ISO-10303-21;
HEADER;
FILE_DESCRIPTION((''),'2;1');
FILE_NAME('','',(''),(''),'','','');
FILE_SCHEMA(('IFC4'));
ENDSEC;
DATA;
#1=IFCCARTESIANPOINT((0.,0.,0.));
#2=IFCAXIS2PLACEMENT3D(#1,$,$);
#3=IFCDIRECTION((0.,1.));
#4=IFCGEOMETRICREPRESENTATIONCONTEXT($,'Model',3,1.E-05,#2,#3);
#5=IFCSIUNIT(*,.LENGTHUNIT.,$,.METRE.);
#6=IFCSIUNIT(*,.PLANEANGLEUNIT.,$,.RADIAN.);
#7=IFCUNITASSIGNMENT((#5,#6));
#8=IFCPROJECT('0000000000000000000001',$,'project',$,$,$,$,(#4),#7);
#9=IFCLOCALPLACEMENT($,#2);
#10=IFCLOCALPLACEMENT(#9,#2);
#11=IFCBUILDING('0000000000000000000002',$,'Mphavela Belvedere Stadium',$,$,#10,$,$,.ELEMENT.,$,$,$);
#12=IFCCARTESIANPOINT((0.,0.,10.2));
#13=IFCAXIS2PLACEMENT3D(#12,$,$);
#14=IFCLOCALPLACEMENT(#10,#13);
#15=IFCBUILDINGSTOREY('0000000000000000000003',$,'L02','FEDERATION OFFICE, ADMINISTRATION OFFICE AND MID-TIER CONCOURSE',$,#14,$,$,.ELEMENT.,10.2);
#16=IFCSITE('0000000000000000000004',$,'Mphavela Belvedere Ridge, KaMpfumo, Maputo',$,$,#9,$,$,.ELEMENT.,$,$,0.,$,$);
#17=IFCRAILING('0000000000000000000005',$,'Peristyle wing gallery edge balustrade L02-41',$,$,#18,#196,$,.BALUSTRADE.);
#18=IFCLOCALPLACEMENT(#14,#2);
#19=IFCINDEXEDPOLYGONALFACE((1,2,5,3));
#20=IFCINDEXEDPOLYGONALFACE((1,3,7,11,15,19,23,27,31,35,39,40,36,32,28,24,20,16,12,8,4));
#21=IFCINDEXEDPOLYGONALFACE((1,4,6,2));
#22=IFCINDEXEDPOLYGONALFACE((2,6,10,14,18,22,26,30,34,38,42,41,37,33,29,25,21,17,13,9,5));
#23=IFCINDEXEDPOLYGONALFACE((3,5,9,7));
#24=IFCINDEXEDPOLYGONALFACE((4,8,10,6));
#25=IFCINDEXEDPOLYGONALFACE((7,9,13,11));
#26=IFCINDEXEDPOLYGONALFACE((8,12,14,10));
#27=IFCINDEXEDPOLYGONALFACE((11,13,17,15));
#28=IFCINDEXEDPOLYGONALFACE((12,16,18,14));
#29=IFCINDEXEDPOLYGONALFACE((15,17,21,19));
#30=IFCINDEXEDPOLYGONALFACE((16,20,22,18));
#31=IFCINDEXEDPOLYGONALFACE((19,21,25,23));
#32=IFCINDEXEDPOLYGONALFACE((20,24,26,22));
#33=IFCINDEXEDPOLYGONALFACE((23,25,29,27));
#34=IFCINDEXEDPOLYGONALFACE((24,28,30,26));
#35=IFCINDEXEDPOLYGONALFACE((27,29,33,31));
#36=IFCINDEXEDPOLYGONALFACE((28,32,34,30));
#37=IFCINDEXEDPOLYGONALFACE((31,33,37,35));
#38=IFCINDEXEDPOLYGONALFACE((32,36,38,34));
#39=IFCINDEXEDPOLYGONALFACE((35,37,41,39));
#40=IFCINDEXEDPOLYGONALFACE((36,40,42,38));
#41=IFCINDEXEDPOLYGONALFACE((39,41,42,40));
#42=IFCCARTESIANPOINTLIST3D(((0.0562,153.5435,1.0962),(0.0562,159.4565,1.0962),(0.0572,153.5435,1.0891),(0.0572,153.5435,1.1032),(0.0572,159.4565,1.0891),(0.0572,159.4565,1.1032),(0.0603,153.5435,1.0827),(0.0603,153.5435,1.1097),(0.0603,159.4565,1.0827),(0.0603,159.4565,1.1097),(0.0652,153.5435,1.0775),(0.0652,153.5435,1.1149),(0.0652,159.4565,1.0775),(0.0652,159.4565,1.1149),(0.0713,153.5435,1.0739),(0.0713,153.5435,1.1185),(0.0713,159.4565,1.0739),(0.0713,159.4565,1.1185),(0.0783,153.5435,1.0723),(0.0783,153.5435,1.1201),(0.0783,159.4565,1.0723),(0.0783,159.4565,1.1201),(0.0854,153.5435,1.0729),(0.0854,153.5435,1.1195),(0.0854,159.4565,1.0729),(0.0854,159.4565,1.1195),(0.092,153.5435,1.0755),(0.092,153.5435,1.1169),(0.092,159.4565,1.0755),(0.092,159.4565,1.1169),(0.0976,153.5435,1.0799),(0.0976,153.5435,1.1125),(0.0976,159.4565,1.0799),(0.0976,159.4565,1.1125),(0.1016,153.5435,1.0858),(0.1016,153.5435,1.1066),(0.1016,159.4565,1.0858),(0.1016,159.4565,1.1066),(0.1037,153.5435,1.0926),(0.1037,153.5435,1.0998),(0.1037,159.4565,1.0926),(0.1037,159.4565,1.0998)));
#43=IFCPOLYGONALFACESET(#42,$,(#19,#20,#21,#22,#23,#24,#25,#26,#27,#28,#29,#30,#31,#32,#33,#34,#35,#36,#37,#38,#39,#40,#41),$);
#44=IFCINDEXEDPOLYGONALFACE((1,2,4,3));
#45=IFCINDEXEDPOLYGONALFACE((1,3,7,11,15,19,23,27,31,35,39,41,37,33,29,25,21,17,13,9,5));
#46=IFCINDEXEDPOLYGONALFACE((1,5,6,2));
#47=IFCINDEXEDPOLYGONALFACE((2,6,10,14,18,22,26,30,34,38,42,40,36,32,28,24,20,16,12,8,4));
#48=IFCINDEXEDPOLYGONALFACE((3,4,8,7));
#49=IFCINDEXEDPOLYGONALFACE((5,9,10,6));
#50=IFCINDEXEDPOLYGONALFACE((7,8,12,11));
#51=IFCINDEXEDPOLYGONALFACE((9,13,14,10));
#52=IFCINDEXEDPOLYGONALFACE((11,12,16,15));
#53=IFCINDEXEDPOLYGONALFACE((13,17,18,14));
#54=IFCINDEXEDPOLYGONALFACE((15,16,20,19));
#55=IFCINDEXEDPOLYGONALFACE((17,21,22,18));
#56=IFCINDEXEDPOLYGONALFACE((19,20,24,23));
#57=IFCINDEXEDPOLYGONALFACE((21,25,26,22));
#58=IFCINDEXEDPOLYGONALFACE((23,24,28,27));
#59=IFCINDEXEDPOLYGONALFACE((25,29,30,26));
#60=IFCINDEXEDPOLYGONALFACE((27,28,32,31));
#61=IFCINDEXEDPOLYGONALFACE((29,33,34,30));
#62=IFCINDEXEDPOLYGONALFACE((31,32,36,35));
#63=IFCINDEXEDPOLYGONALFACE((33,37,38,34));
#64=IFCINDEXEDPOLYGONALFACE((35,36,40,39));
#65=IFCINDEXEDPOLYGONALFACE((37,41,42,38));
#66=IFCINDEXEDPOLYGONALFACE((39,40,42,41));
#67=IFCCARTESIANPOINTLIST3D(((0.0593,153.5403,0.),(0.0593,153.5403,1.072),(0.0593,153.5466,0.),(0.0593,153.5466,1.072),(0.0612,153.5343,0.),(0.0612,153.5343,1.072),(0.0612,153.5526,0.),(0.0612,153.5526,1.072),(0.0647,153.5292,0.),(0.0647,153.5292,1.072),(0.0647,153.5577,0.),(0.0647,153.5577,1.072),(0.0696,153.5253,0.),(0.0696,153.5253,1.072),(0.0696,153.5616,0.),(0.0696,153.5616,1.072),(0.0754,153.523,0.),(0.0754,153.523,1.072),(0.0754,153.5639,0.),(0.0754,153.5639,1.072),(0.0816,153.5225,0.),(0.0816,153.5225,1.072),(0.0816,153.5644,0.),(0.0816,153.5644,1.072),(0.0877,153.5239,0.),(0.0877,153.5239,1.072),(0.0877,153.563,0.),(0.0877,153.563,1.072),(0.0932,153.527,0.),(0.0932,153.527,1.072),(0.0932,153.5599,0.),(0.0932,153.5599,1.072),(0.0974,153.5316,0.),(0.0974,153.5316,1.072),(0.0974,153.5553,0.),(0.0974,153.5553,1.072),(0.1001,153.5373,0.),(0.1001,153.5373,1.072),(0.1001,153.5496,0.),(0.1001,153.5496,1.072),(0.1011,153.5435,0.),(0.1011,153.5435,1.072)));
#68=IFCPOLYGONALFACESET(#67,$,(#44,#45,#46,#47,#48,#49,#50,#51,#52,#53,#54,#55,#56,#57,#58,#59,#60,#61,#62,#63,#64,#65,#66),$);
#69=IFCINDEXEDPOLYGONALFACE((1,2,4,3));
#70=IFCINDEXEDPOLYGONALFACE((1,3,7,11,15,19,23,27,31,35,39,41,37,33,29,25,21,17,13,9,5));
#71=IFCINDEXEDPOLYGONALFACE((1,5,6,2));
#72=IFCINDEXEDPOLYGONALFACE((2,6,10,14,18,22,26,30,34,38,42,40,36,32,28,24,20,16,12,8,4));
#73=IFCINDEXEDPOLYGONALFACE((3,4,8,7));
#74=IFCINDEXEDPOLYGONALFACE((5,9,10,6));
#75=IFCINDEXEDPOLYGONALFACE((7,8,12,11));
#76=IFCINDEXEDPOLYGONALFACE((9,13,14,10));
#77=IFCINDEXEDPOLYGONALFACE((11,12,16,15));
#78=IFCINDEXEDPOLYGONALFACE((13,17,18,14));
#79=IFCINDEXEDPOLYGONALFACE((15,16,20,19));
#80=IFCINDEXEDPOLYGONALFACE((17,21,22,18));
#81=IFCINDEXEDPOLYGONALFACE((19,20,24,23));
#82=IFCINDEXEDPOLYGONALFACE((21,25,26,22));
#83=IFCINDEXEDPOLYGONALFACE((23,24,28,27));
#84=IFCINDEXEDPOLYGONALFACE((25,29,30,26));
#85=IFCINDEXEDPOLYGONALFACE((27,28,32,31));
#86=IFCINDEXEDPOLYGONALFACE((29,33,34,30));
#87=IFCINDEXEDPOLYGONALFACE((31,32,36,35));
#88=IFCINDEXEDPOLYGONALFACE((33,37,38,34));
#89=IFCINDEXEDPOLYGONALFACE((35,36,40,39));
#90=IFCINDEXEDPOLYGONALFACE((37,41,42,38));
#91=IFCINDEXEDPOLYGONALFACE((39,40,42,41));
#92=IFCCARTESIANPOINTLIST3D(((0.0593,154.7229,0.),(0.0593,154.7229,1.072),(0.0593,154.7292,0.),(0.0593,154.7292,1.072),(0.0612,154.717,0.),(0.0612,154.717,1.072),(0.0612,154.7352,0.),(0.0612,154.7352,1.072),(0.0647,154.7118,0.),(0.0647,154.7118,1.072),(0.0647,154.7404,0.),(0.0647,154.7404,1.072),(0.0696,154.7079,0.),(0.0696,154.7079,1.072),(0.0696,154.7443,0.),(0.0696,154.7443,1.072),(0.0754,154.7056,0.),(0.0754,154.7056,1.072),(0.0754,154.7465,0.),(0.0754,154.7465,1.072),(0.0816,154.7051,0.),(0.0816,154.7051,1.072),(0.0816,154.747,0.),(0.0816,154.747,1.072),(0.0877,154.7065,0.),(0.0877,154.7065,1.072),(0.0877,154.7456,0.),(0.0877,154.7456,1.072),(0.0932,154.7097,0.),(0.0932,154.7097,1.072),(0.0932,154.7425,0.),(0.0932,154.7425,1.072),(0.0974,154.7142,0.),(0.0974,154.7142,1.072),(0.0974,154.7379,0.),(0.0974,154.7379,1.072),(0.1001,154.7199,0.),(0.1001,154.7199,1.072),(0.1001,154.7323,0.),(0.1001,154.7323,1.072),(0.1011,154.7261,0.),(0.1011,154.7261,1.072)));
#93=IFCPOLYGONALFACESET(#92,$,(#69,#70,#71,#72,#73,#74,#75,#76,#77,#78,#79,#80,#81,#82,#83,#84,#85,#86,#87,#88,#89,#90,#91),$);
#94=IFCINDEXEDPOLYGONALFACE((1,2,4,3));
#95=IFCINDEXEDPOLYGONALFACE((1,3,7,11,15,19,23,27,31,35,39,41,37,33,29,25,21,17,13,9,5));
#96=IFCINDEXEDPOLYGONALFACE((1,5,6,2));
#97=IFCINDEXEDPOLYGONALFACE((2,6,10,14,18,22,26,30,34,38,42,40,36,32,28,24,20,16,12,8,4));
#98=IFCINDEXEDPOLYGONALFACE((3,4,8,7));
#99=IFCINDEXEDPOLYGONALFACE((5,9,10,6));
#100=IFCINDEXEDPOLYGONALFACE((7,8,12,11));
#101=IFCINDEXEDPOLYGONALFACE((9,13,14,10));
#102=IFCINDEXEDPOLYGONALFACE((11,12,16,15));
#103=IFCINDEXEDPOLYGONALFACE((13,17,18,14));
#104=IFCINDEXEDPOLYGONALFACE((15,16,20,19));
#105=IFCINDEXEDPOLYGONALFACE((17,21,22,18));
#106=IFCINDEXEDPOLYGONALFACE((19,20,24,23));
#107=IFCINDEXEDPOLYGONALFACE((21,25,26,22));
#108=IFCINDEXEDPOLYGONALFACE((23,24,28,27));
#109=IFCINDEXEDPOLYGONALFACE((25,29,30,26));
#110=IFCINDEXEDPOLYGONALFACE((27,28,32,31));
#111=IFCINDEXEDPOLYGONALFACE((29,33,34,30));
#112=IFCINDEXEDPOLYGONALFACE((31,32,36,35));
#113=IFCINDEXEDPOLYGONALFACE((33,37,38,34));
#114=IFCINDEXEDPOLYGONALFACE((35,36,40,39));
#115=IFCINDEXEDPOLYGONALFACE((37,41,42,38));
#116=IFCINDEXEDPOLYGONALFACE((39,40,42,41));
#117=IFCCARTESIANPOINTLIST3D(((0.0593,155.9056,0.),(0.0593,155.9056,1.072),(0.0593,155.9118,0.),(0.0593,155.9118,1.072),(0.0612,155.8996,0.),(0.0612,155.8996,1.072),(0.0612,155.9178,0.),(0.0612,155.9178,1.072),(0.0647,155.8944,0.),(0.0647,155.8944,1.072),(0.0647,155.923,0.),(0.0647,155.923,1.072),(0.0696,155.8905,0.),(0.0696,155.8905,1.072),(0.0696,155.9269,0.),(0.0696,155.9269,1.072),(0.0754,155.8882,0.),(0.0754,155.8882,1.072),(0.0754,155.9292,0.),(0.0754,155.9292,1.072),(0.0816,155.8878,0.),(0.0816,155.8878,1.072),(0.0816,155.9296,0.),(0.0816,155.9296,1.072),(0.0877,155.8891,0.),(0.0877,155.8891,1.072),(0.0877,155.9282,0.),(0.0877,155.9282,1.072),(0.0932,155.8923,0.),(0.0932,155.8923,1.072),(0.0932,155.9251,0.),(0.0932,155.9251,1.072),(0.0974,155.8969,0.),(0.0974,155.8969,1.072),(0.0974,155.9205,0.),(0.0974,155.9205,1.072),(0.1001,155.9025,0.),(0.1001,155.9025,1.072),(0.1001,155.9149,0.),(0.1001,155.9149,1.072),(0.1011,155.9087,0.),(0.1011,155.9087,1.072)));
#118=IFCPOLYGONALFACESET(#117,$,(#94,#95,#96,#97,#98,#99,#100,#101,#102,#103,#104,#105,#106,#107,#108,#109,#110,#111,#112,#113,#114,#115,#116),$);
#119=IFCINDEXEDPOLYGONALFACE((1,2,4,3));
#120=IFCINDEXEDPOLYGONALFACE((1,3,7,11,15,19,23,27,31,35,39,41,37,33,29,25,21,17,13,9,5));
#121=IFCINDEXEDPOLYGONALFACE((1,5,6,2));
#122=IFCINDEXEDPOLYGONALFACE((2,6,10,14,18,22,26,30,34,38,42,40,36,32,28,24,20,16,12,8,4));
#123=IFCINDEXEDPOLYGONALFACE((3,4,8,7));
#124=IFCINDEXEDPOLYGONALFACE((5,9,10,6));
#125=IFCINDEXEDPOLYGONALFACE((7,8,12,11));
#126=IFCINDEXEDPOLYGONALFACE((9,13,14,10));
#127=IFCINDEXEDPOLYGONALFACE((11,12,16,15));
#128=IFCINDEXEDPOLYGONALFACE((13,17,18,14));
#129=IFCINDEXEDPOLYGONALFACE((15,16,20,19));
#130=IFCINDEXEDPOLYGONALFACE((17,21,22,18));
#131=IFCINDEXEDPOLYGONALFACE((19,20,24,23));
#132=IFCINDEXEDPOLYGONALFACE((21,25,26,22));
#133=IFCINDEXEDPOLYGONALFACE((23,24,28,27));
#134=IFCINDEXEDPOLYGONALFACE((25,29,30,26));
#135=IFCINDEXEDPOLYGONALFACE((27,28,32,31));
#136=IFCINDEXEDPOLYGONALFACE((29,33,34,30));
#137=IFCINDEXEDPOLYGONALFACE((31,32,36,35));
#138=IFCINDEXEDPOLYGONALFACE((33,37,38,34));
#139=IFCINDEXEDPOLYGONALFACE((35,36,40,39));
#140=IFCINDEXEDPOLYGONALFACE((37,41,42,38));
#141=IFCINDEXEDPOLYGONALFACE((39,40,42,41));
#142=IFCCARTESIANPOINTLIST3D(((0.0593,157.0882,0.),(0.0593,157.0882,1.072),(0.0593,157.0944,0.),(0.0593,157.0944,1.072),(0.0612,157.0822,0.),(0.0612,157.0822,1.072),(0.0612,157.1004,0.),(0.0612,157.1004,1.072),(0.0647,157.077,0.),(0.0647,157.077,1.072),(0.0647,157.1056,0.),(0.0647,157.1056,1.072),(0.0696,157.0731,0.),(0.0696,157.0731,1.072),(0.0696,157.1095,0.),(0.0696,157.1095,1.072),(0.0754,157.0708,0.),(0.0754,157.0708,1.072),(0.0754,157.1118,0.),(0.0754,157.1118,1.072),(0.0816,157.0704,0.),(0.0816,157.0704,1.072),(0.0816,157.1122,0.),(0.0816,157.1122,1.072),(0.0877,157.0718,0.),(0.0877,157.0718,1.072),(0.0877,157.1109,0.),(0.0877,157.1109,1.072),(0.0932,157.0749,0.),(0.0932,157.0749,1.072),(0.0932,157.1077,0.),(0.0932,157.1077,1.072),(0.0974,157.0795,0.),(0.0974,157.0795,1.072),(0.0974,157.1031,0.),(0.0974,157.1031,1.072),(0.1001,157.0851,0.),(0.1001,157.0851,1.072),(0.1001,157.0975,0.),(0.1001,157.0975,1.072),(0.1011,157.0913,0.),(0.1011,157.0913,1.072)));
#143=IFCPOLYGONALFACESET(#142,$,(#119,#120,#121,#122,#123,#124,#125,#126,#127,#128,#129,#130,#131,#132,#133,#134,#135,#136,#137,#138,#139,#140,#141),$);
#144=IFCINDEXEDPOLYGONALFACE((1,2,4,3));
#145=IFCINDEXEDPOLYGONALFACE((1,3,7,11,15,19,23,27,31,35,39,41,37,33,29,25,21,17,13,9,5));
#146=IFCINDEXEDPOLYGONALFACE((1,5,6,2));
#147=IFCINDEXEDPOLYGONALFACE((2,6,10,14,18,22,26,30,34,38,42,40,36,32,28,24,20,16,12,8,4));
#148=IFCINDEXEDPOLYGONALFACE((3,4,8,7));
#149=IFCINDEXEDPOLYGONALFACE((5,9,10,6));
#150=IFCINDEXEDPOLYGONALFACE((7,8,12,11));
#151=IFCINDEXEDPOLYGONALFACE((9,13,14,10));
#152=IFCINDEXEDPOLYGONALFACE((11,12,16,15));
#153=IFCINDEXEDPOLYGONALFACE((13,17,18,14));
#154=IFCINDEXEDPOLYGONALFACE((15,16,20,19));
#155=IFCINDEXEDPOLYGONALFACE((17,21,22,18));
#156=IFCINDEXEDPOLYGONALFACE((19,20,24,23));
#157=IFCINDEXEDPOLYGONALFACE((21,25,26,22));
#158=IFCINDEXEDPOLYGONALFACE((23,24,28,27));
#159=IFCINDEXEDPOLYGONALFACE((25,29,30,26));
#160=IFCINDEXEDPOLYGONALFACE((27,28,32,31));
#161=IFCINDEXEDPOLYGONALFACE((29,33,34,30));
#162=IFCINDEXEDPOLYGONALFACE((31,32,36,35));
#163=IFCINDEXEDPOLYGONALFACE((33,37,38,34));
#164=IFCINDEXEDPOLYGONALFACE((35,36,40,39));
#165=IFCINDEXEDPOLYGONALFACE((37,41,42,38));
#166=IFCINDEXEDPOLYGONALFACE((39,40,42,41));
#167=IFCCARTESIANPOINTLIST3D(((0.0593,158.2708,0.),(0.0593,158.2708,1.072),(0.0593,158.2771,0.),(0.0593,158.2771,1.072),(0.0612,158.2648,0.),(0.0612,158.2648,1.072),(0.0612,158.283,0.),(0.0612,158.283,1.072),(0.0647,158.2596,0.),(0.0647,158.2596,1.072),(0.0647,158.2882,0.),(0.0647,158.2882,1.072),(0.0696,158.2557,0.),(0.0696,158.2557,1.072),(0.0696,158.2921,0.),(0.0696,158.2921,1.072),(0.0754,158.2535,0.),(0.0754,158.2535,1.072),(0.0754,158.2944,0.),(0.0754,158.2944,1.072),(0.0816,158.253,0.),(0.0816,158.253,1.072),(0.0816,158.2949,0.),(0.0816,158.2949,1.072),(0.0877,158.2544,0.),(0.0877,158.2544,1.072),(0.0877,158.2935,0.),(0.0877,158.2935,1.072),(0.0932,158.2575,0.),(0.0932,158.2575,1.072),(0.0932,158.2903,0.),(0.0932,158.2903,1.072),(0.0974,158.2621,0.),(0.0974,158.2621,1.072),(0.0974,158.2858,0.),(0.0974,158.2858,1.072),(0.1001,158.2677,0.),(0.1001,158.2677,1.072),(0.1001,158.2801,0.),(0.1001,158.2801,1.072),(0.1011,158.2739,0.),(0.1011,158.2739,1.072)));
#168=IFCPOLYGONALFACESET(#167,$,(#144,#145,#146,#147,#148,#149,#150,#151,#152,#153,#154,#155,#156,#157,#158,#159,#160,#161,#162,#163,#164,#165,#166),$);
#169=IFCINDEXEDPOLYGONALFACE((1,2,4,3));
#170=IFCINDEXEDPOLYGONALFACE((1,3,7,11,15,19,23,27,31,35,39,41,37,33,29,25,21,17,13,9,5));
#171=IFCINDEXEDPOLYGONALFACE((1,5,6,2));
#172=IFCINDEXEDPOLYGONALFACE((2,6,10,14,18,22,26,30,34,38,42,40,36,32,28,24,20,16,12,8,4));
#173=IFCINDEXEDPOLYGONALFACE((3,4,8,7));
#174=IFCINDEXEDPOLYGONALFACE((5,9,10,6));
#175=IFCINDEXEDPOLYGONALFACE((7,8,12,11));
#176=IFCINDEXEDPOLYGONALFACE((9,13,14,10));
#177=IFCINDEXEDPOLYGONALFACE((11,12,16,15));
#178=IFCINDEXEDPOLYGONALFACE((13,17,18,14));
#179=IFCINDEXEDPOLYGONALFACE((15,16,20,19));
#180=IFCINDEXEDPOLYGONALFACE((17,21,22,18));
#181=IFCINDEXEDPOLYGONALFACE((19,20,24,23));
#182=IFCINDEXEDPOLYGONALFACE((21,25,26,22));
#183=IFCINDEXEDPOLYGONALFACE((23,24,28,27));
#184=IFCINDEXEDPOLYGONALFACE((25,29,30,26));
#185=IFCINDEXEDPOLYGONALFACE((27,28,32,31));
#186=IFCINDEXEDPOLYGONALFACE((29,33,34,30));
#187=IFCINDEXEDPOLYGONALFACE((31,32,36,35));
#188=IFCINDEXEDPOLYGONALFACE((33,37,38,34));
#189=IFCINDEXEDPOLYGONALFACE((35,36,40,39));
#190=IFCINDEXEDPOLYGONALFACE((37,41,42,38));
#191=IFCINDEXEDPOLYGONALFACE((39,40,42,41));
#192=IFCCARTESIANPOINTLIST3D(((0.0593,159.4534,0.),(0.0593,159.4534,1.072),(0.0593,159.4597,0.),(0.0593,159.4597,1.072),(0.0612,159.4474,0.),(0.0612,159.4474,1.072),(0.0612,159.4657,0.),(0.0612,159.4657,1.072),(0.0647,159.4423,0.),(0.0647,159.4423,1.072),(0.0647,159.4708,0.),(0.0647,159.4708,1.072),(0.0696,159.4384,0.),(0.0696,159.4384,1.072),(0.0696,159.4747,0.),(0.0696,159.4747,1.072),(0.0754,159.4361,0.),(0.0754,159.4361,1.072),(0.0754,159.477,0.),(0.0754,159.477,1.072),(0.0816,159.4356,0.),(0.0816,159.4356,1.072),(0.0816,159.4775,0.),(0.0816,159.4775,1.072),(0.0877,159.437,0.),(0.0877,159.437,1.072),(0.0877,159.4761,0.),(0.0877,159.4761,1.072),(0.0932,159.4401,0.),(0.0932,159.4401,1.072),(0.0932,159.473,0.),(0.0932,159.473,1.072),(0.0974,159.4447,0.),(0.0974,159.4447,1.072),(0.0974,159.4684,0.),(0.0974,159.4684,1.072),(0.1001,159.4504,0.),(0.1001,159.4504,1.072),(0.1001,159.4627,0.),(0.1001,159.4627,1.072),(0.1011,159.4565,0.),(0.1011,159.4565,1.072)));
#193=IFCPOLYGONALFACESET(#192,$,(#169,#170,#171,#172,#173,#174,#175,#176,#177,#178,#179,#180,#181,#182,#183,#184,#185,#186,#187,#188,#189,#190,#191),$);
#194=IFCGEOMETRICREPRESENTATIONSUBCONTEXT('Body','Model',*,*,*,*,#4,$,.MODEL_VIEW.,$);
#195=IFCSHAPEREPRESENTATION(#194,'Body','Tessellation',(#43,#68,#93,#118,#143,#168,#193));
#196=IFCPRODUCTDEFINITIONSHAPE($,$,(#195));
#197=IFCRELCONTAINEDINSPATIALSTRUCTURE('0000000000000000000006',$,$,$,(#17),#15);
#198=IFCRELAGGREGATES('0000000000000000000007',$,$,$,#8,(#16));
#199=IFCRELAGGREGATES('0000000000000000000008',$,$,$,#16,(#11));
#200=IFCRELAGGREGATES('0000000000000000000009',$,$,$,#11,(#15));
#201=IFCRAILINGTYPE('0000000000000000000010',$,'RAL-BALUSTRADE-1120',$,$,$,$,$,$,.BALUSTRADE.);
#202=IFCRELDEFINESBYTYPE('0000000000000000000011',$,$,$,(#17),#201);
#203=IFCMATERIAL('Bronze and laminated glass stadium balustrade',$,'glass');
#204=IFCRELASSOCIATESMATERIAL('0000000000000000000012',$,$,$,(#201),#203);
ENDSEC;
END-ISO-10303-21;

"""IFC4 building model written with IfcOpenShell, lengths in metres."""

from ifc_helpers import new_model, si_unit, direction, frame, origin, origin_2d, place, context, subcontext, project, spatial, circle, extrude, material, type_object, element, save


model = new_model("IFC4")

# Units and contexts
model_context = context("Model", 3, precision=1e-05, world=origin(), true_north=direction((0.0, 1.0)))
body_context = subcontext(model_context, "Body", "Model", "MODEL_VIEW")
ifc_project = project(units=[si_unit("LENGTHUNIT", "METRE"), si_unit("PLANEANGLEUNIT", "RADIAN")], contexts=[model_context])

# Site, building, storey
site_placement = place(None, origin())
site = spatial("IfcSite", under=ifc_project, at=site_placement, Name="Mphavela Belvedere Ridge, KaMpfumo, Maputo", CompositionType="ELEMENT", RefElevation=0.0)
building_placement = place(site_placement, origin())
building = spatial("IfcBuilding", under=site, at=building_placement, Name="Mphavela Belvedere Stadium", CompositionType="ELEMENT")
storey_placement = place(building_placement, frame((0.0, 0.0, 10.2)))
storey = spatial("IfcBuildingStorey", under=building, at=storey_placement, Name="L02", Description="FEDERATION OFFICE, ADMINISTRATION OFFICE AND MID-TIER CONCOURSE", CompositionType="ELEMENT", Elevation=10.2)

# Railing
ifc_material_1 = material(Name="Bronze and laminated glass stadium balustrade", Category="glass")
railing_type = type_object("IfcRailingType", Name="RAL-BALUSTRADE-1120", PredefinedType="BALUSTRADE", material=ifc_material_1)
for number, where, name in (
    (1, (0.0801, 153.5435, 0.0), "Peristyle wing gallery edge balustrade L02-41"),
):
    element("IfcRailing", number, at=place(storey_placement, frame(where)), inside=storey, type_object=railing_type, Name=name, PredefinedType="BALUSTRADE", context=body_context, shape_type="SweptSolid", body=[
        extrude(circle(Radius=0.0239, at=origin_2d()), frame((0.0, 0.0, 1.0962), z_axis=(0.0, 1.0, 0.0), x_axis=(-1.0, 0.0, 0.0)), (0.0, 0.0, 1.0), 5.9131),
        extrude(circle(Radius=0.021, at=origin_2d()), origin(), (0.0, 0.0, 1.0), 1.072),
        extrude(circle(Radius=0.021, at=origin_2d()), frame((0.0, 1.1826, 0.0)), (0.0, 0.0, 1.0), 1.072),
        extrude(circle(Radius=0.021, at=origin_2d()), frame((0.0, 2.3652, 0.0)), (0.0, 0.0, 1.0), 1.072),
        extrude(circle(Radius=0.021, at=origin_2d()), frame((0.0, 3.5479, 0.0)), (0.0, 0.0, 1.0), 1.072),
        extrude(circle(Radius=0.021, at=origin_2d()), frame((0.0, 4.7305, 0.0)), (0.0, 0.0, 1.0), 1.072),
        extrude(circle(Radius=0.021, at=origin_2d()), frame((0.0, 5.9131, 0.0)), (0.0, 0.0, 1.0), 1.072),
    ])

save(model, "model.ifc")
